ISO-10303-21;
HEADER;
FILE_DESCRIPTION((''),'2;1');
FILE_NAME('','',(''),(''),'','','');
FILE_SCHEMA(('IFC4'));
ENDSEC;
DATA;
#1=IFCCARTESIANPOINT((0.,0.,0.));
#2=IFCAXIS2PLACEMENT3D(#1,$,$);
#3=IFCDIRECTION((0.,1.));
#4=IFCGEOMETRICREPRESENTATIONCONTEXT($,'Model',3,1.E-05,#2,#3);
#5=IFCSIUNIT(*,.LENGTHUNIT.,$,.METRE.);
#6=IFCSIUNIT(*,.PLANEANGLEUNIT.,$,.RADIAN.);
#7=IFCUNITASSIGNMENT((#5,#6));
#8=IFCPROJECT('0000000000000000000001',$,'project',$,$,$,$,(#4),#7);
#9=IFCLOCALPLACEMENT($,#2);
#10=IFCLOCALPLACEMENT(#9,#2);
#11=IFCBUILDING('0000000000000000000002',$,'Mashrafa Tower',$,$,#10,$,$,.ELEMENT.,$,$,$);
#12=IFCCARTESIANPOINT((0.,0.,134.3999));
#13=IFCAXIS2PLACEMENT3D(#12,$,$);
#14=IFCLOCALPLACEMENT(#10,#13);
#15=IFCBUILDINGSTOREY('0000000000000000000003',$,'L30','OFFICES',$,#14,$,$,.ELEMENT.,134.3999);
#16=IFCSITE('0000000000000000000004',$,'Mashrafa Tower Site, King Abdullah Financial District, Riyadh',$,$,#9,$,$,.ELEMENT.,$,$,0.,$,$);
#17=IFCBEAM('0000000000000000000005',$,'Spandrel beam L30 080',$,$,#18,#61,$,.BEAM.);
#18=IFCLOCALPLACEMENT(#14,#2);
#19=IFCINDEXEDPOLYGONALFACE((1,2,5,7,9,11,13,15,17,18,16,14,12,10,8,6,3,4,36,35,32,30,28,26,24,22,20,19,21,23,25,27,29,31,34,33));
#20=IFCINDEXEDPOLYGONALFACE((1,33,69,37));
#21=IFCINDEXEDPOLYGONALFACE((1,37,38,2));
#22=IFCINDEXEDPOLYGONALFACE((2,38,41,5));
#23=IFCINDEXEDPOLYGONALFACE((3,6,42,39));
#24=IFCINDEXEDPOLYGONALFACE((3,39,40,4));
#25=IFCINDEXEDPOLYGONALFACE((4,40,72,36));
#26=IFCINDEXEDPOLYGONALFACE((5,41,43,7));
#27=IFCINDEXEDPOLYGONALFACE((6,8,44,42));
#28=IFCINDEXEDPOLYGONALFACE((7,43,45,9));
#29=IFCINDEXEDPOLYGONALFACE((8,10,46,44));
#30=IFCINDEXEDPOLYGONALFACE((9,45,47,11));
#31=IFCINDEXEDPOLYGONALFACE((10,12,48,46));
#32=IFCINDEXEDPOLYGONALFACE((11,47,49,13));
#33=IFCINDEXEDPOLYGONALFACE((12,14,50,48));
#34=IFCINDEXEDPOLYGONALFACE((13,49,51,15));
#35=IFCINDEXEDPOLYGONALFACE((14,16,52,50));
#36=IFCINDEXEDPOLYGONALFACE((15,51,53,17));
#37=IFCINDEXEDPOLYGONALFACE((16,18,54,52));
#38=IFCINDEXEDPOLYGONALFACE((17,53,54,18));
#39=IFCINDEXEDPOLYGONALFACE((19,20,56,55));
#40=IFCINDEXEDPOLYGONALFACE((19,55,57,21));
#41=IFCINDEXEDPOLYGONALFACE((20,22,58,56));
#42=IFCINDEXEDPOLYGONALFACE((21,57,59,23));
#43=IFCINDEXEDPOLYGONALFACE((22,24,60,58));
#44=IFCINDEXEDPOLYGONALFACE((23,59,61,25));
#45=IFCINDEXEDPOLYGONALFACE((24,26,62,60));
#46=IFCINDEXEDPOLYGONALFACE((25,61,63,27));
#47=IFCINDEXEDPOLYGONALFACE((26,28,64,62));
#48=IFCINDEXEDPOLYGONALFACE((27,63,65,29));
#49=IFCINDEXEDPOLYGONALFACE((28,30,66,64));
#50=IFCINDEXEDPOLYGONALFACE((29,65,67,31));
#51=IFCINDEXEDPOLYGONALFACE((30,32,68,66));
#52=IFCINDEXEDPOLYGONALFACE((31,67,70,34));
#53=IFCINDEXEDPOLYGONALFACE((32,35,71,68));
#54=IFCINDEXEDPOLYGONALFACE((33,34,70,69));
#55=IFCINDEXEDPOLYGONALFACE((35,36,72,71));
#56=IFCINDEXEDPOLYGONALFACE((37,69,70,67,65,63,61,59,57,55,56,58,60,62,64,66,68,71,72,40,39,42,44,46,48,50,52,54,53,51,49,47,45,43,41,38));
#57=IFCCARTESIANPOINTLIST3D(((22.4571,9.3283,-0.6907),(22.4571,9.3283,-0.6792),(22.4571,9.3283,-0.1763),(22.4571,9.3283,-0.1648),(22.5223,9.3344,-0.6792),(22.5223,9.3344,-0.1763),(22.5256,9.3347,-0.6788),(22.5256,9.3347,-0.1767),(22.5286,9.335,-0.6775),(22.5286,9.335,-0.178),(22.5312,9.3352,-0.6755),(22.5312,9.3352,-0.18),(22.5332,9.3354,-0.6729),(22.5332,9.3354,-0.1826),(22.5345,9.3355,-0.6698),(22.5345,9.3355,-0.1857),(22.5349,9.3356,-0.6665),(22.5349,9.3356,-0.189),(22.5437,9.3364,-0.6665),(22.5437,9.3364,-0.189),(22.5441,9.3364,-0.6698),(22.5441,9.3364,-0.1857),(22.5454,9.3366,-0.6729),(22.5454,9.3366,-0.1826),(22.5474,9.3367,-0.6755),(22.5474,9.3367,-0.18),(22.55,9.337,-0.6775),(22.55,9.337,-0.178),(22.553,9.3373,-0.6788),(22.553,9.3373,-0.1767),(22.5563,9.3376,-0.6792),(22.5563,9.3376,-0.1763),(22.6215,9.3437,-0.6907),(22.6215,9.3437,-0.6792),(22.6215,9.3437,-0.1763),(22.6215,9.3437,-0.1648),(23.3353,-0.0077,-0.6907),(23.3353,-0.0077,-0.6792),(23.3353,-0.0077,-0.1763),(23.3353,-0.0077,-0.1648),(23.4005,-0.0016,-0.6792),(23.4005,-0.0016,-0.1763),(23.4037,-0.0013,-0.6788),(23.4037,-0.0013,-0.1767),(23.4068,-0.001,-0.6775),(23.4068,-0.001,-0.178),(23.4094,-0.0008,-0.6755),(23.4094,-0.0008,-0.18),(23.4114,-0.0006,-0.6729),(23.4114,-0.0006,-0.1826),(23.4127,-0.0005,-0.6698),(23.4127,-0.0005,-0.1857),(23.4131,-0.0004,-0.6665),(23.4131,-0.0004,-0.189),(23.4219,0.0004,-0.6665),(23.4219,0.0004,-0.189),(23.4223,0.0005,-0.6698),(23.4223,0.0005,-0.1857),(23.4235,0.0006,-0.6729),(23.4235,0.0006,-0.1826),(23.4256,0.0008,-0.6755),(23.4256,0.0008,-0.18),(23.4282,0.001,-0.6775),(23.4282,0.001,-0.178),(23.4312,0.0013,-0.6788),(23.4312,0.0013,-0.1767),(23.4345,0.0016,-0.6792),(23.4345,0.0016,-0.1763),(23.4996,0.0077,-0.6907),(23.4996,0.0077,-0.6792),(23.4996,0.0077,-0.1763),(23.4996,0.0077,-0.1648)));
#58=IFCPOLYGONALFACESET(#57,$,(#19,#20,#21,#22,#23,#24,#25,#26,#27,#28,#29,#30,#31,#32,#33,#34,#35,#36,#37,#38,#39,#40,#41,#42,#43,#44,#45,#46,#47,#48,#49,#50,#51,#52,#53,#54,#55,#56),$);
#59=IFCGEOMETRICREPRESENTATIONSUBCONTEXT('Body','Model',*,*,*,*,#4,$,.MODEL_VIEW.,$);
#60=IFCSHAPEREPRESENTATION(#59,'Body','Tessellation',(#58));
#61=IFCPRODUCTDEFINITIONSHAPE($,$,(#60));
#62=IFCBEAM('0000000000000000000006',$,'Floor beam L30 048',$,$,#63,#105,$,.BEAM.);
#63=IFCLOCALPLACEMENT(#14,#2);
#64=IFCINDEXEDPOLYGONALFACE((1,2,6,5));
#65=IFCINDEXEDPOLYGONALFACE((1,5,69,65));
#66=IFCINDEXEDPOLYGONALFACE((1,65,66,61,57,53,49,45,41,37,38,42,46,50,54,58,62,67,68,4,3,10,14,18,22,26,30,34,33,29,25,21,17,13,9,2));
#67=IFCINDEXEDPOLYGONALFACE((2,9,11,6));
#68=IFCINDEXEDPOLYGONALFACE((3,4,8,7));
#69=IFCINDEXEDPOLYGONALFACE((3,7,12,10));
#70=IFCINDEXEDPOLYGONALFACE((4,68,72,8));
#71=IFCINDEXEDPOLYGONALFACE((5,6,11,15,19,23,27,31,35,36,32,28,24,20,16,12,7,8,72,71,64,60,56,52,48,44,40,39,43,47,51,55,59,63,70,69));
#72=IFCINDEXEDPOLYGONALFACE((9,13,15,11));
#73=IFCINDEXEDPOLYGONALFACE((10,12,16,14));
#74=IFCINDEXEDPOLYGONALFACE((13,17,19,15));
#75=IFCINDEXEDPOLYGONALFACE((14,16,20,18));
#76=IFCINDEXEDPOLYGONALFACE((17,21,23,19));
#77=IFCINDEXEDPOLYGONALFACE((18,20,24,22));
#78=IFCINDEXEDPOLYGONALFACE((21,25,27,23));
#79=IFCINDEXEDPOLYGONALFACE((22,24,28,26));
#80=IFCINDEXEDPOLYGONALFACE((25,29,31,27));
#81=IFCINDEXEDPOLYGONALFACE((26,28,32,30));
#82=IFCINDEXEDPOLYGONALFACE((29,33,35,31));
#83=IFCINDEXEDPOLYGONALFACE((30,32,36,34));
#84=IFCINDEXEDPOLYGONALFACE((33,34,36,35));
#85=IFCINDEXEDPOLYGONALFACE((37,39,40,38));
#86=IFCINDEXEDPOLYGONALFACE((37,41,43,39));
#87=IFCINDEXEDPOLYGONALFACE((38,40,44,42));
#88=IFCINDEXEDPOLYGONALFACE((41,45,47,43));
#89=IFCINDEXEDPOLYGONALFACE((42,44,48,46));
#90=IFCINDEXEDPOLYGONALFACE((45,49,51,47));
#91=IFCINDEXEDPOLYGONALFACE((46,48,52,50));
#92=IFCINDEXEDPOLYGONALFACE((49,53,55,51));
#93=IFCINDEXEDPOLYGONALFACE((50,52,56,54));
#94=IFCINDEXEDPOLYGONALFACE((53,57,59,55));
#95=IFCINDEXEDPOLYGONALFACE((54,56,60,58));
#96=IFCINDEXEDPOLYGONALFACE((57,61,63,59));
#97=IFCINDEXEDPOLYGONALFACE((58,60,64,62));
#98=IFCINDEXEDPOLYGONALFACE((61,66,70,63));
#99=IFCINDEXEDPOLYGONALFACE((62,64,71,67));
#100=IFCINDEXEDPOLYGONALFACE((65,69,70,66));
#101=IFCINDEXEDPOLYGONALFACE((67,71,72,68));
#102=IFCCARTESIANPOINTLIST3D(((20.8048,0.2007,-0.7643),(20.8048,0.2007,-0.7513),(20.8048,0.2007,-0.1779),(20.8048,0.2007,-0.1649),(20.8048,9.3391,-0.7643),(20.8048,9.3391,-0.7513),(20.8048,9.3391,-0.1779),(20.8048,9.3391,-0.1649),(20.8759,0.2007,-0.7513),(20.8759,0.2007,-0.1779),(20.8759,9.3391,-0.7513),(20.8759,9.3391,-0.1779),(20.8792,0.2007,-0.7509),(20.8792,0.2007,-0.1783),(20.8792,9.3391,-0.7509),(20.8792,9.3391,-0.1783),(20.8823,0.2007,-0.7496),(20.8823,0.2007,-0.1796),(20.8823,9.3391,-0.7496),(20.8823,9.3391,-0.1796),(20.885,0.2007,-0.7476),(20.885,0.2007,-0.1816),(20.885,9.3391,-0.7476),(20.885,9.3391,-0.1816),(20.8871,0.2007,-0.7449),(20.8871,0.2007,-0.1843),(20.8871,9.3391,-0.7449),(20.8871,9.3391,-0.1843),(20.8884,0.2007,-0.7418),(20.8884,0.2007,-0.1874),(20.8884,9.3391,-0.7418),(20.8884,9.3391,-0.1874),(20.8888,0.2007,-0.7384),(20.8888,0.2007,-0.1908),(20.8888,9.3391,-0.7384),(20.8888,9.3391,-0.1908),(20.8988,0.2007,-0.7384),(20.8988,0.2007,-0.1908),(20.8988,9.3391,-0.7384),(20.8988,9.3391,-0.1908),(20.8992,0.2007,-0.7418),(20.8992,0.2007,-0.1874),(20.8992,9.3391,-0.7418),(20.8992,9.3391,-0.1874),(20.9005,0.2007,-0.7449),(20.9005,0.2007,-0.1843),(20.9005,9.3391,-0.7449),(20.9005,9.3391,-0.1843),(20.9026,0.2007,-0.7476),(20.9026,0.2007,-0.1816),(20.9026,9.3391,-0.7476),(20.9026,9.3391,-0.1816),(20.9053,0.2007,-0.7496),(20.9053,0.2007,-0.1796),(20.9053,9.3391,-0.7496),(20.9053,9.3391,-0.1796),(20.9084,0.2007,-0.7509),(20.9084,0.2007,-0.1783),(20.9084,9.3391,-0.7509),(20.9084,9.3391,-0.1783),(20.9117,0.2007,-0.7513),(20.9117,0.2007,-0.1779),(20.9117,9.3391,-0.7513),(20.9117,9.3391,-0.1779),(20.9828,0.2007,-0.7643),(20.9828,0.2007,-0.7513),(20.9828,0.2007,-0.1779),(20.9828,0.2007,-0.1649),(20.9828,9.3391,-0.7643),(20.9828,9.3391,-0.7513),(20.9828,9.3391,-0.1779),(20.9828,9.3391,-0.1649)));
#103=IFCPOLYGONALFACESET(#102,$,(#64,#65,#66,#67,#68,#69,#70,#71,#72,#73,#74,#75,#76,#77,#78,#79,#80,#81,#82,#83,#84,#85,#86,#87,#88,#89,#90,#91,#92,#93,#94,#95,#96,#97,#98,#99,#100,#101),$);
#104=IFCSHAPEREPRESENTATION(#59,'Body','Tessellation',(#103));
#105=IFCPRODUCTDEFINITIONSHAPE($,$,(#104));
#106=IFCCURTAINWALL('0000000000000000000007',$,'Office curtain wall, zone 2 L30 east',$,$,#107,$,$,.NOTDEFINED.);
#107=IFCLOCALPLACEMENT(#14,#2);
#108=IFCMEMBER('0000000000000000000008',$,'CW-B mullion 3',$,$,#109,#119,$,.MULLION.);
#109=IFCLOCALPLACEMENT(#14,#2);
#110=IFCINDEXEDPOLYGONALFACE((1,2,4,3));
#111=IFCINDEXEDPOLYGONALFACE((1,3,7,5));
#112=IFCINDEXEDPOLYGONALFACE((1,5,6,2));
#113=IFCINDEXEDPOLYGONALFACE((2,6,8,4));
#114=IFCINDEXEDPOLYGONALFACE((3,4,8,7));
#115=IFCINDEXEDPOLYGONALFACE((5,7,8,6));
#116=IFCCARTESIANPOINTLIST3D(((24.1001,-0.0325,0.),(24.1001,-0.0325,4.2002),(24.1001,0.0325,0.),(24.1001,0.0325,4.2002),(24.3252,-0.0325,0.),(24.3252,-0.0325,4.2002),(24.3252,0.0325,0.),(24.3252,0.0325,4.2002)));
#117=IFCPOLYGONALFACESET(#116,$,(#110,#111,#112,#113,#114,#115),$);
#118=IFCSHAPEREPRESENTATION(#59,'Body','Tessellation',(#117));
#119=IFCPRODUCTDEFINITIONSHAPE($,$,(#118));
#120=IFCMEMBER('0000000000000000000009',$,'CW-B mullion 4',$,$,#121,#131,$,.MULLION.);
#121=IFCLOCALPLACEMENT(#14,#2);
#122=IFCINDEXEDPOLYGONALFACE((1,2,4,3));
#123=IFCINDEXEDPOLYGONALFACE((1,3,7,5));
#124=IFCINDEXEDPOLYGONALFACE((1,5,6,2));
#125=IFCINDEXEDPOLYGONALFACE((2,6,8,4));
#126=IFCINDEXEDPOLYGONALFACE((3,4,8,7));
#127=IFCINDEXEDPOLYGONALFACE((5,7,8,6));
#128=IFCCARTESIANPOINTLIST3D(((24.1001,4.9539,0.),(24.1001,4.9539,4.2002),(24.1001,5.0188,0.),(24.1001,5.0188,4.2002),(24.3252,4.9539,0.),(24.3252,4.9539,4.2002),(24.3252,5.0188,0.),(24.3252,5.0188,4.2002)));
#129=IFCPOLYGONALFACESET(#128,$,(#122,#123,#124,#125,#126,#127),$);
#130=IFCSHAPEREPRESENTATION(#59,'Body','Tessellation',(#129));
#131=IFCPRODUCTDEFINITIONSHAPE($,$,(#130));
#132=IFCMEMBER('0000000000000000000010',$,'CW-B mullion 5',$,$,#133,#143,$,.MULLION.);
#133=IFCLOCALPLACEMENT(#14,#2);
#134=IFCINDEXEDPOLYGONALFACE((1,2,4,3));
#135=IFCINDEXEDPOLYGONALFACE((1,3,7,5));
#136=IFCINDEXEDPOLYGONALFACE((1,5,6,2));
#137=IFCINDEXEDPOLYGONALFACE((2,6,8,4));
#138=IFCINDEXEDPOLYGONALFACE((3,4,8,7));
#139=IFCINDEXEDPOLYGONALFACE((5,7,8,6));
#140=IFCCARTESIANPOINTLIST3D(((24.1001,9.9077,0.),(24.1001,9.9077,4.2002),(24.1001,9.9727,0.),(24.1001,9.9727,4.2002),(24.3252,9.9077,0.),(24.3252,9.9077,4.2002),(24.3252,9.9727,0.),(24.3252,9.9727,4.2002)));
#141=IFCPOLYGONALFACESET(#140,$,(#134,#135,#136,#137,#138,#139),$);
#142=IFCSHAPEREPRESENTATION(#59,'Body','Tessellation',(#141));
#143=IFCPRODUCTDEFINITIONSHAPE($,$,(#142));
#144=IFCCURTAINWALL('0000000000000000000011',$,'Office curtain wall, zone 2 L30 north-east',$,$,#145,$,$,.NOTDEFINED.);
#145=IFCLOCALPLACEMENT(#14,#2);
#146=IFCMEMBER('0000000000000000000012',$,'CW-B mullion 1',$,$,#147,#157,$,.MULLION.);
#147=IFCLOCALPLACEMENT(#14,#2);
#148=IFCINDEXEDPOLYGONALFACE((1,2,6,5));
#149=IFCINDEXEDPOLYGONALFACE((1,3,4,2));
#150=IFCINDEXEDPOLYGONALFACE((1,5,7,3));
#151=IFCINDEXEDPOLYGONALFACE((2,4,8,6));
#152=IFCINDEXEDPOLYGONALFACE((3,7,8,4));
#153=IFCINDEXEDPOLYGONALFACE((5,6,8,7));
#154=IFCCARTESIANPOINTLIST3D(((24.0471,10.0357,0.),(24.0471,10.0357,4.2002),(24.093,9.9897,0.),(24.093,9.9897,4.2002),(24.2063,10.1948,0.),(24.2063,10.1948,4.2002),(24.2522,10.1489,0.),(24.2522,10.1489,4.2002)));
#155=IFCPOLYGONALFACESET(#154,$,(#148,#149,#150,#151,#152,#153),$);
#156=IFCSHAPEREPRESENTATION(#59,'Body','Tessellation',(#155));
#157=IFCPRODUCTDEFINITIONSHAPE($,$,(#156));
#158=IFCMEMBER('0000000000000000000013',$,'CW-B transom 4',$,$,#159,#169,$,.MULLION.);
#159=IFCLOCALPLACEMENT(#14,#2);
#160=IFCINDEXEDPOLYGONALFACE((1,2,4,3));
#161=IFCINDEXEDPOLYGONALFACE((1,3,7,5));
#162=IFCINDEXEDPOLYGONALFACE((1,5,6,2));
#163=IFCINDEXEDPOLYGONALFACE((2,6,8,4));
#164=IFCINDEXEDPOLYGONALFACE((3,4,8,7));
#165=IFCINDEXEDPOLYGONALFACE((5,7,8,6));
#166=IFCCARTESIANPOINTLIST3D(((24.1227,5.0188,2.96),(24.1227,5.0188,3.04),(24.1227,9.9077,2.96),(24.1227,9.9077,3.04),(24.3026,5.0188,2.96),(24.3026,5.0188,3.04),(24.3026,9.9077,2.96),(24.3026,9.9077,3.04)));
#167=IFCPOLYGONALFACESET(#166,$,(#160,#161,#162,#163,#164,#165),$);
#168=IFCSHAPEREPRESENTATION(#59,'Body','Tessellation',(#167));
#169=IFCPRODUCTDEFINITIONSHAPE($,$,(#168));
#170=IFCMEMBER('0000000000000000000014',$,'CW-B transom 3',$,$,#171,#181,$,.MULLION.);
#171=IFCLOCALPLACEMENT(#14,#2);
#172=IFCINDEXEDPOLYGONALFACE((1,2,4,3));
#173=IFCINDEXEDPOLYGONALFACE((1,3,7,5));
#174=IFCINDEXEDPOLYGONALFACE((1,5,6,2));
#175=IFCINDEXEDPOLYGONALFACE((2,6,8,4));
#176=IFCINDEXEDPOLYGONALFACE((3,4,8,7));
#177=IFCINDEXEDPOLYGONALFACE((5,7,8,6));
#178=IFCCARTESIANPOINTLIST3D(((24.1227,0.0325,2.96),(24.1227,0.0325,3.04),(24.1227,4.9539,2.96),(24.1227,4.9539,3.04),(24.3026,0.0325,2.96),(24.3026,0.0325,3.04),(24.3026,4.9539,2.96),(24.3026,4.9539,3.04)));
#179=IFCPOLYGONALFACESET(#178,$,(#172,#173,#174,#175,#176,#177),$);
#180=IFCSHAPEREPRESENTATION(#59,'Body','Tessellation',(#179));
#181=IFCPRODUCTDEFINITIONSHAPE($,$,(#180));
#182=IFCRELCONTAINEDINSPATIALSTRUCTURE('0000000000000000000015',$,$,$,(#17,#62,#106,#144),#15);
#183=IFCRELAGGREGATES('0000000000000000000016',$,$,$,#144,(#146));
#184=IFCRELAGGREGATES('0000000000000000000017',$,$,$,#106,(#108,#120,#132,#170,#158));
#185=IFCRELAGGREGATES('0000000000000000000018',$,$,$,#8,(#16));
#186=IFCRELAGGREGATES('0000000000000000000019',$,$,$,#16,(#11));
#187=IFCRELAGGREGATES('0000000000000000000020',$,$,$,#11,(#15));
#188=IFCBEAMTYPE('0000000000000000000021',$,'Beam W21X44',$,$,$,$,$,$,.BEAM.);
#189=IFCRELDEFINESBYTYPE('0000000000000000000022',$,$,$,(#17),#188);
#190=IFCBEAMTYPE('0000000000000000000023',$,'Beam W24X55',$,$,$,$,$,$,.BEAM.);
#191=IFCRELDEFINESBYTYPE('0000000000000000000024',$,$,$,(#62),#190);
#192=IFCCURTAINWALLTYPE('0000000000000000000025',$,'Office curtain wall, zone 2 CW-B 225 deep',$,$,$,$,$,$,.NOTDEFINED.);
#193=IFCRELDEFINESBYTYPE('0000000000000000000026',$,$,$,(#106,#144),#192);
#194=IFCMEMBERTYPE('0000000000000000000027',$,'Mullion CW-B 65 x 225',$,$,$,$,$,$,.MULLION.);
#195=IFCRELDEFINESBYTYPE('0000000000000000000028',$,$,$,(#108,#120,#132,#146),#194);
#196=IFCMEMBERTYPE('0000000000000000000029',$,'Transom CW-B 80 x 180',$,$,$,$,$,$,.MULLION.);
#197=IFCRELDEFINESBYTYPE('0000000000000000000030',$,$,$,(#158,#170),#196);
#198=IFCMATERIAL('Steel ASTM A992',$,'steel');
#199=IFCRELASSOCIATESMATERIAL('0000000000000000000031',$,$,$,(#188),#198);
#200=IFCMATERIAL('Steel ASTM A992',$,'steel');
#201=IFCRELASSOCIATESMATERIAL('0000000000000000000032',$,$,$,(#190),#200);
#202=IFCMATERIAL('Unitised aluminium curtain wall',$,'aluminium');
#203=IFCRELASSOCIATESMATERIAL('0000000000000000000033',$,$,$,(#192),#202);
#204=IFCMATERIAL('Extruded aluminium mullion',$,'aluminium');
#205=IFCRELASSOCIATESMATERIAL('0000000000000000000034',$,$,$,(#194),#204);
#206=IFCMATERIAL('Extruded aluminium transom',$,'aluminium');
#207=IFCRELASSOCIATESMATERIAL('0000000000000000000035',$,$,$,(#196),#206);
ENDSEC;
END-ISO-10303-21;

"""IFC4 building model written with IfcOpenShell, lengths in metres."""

from ifc_helpers import new_model, si_unit, direction, frame, origin, origin_2d, place, context, subcontext, project, spatial, rectangle, i_section, extrude, source, transform, mapped, material, material_profile, profile_set, type_object, type_shapes, element, aggregate, save


model = new_model("IFC4")

# Units and contexts
model_context = context("Model", 3, precision=1e-05, world=origin(), true_north=direction((0.0, 1.0)))
body_context = subcontext(model_context, "Body", "Model", "MODEL_VIEW")
ifc_project = project(units=[si_unit("LENGTHUNIT", "METRE"), si_unit("PLANEANGLEUNIT", "RADIAN")], contexts=[model_context])

# Site, building, storey
site_placement = place(None, origin())
site = spatial("IfcSite", under=ifc_project, at=site_placement, Name="Mashrafa Tower Site, King Abdullah Financial District, Riyadh", CompositionType="ELEMENT", RefElevation=0.0)
building_placement = place(site_placement, origin())
building = spatial("IfcBuilding", under=site, at=building_placement, Name="Mashrafa Tower", CompositionType="ELEMENT")
storey_placement = place(building_placement, frame((0.0, 0.0, 134.3999)))
storey = spatial("IfcBuildingStorey", under=building, at=storey_placement, Name="L30", Description="OFFICES", CompositionType="ELEMENT", Elevation=134.3999)

# Beams
ifc_material_1 = material(Name="Steel ASTM A992", Category="steel")
ifc_material_profile_1 = material_profile(ifc_material_1, i_section(OverallWidth=0.165, OverallDepth=0.5259, WebThickness=0.0088, FlangeThickness=0.0115, FilletRadius=0.0127, at=origin_2d()), Name="W21X44")
ifc_profile_set_1 = profile_set([ifc_material_profile_1], Name="Steel ASTM A992")
beam_type_1 = type_object("IfcBeamType", Name="Beam W21X44", PredefinedType="BEAM", material=ifc_profile_set_1)
beam_1_placement = place(storey_placement, frame((23.4175, 0.0, -0.4277), z_axis=(-0.09365, 0.995605, 0.0), x_axis=(-0.995605, -0.09365, 0.0)))
element("IfcBeam", 1, at=beam_1_placement, inside=storey, type_object=beam_type_1, Name="Spandrel beam L30 080", PredefinedType="BEAM", context=body_context, shape_type="SweptSolid", body=[
    extrude(i_section(OverallWidth=0.165, OverallDepth=0.5259, WebThickness=0.0088, FlangeThickness=0.0115, FilletRadius=0.0127, at=origin_2d()), origin(), (0.0, 0.0, 1.0), 9.3772),
])
ifc_material_2 = material(Name="Steel ASTM A992", Category="steel")
ifc_material_profile_2 = material_profile(ifc_material_2, i_section(OverallWidth=0.178, OverallDepth=0.5994, WebThickness=0.01, FlangeThickness=0.0129, FilletRadius=0.0129, at=origin_2d()), Name="W24X55")
ifc_profile_set_2 = profile_set([ifc_material_profile_2], Name="Steel ASTM A992")
beam_type_2 = type_object("IfcBeamType", Name="Beam W24X55", PredefinedType="BEAM", material=ifc_profile_set_2)
beam_2_placement = place(storey_placement, frame((20.8938, 9.3391, -0.4646), z_axis=(0.0, -1.0, 0.0), x_axis=(1.0, 0.0, 0.0)))
element("IfcBeam", 2, at=beam_2_placement, inside=storey, type_object=beam_type_2, Name="Floor beam L30 048", PredefinedType="BEAM", context=body_context, shape_type="SweptSolid", body=[
    extrude(i_section(OverallWidth=0.178, OverallDepth=0.5994, WebThickness=0.01, FlangeThickness=0.0129, FilletRadius=0.0129, at=origin_2d()), origin(), (0.0, 0.0, 1.0), 9.1384),
])

# Curtain wall, members
ifc_material_3 = material(Name="Unitised aluminium curtain wall", Category="aluminium")
curtain_wall_type = type_object("IfcCurtainWallType", Name="Office curtain wall, zone 2 CW-B 225 deep", PredefinedType="NOTDEFINED", material=ifc_material_3)
curtain_wall_1_placement = place(storey_placement, origin())
curtain_wall_1 = element("IfcCurtainWall", 3, at=curtain_wall_1_placement, inside=storey, type_object=curtain_wall_type, Name="Office curtain wall, zone 2 L30 east", PredefinedType="NOTDEFINED")
ifc_material_4 = material(Name="Extruded aluminium mullion", Category="aluminium")
ifc_material_profile_3 = material_profile(ifc_material_4, rectangle(XDim=0.2251, YDim=0.0649, at=origin_2d()), Name="Mullion 65x225")
ifc_profile_set_3 = profile_set([ifc_material_profile_3], Name="Extruded aluminium mullion")
member_type_1 = type_object("IfcMemberType", Name="Mullion CW-B 65 x 225", PredefinedType="MULLION", material=ifc_profile_set_3)
shared_shape_1 = source(origin(), body_context, "Body", "SweptSolid", [
    extrude(rectangle(XDim=0.2251, YDim=0.0649, at=origin_2d()), origin(), (0.0, 0.0, 1.0), 4.2002),
])
type_shapes(member_type_1, [shared_shape_1])
member_1_placement = place(storey_placement, frame((24.2126, 0.0, 0.0), z_axis=(0.0, 0.0, 1.0), x_axis=(-1.0, 0.0, 0.0)))
member_1 = element("IfcMember", 4, at=member_1_placement, type_object=member_type_1, Name="CW-B mullion 3", PredefinedType="MULLION", context=body_context, shape_type="MappedRepresentation", body=[
    mapped(shared_shape_1, transform((0.0, 0.0, 0.0))),
])
member_2_placement = place(storey_placement, frame((24.2126, 4.9863, 0.0), z_axis=(0.0, 0.0, 1.0), x_axis=(-1.0, 0.0, 0.0)))
member_2 = element("IfcMember", 5, at=member_2_placement, type_object=member_type_1, Name="CW-B mullion 4", PredefinedType="MULLION", context=body_context, shape_type="MappedRepresentation", body=[
    mapped(shared_shape_1, transform((0.0, 0.0, 0.0))),
])
member_3_placement = place(storey_placement, frame((24.2126, 9.9402, 0.0), z_axis=(0.0, 0.0, 1.0), x_axis=(-1.0, 0.0, 0.0)))
member_3 = element("IfcMember", 6, at=member_3_placement, type_object=member_type_1, Name="CW-B mullion 5", PredefinedType="MULLION", context=body_context, shape_type="MappedRepresentation", body=[
    mapped(shared_shape_1, transform((0.0, 0.0, 0.0))),
])

# Curtain wall, member
curtain_wall_2_placement = place(storey_placement, origin())
curtain_wall_2 = element("IfcCurtainWall", 7, at=curtain_wall_2_placement, inside=storey, type_object=curtain_wall_type, Name="Office curtain wall, zone 2 L30 north-east", PredefinedType="NOTDEFINED")
member_4_placement = place(storey_placement, frame((24.1497, 10.0923, 0.0), z_axis=(0.0, 0.0, 1.0), x_axis=(-0.707107, -0.707107, 0.0)))
member_4 = element("IfcMember", 8, at=member_4_placement, type_object=member_type_1, Name="CW-B mullion 1", PredefinedType="MULLION", context=body_context, shape_type="MappedRepresentation", body=[
    mapped(shared_shape_1, transform((0.0, 0.0, 0.0))),
])

# Members
ifc_material_5 = material(Name="Extruded aluminium transom", Category="aluminium")
ifc_material_profile_4 = material_profile(ifc_material_5, rectangle(XDim=0.1799, YDim=0.0801, at=origin_2d()), Name="Transom 80x180")
ifc_profile_set_4 = profile_set([ifc_material_profile_4], Name="Extruded aluminium transom")
member_type_2 = type_object("IfcMemberType", Name="Transom CW-B 80 x 180", PredefinedType="MULLION", material=ifc_profile_set_4)
shared_shape_2 = source(origin(), body_context, "Body", "SweptSolid", [
    extrude(rectangle(XDim=0.1799, YDim=0.0801, at=origin_2d()), origin(), (0.0, 0.0, 1.0), 4.8889),
])
member_5_placement = place(storey_placement, frame((24.2126, 5.0188, 3.0), z_axis=(0.0, 1.0, 0.0), x_axis=(-1.0, 0.0, 0.0)))
member_5 = element("IfcMember", 9, at=member_5_placement, type_object=member_type_2, Name="CW-B transom 4", PredefinedType="MULLION", context=body_context, shape_type="MappedRepresentation", body=[
    mapped(shared_shape_2, transform((0.0, 0.0, 0.0))),
])
shared_shape_3 = source(origin(), body_context, "Body", "SweptSolid", [
    extrude(rectangle(XDim=0.1799, YDim=0.0801, at=origin_2d()), origin(), (0.0, 0.0, 1.0), 4.9214),
])
member_6_placement = place(storey_placement, frame((24.2126, 0.0325, 3.0), z_axis=(0.0, 1.0, 0.0), x_axis=(-1.0, 0.0, 0.0)))
member_6 = element("IfcMember", 10, at=member_6_placement, type_object=member_type_2, Name="CW-B transom 3", PredefinedType="MULLION", context=body_context, shape_type="MappedRepresentation", body=[
    mapped(shared_shape_3, transform((0.0, 0.0, 0.0))),
])
aggregate(curtain_wall_2, [member_4])

aggregate(curtain_wall_1, [member_1, member_2, member_3, member_6, member_5])

save(model, "model.ifc")
